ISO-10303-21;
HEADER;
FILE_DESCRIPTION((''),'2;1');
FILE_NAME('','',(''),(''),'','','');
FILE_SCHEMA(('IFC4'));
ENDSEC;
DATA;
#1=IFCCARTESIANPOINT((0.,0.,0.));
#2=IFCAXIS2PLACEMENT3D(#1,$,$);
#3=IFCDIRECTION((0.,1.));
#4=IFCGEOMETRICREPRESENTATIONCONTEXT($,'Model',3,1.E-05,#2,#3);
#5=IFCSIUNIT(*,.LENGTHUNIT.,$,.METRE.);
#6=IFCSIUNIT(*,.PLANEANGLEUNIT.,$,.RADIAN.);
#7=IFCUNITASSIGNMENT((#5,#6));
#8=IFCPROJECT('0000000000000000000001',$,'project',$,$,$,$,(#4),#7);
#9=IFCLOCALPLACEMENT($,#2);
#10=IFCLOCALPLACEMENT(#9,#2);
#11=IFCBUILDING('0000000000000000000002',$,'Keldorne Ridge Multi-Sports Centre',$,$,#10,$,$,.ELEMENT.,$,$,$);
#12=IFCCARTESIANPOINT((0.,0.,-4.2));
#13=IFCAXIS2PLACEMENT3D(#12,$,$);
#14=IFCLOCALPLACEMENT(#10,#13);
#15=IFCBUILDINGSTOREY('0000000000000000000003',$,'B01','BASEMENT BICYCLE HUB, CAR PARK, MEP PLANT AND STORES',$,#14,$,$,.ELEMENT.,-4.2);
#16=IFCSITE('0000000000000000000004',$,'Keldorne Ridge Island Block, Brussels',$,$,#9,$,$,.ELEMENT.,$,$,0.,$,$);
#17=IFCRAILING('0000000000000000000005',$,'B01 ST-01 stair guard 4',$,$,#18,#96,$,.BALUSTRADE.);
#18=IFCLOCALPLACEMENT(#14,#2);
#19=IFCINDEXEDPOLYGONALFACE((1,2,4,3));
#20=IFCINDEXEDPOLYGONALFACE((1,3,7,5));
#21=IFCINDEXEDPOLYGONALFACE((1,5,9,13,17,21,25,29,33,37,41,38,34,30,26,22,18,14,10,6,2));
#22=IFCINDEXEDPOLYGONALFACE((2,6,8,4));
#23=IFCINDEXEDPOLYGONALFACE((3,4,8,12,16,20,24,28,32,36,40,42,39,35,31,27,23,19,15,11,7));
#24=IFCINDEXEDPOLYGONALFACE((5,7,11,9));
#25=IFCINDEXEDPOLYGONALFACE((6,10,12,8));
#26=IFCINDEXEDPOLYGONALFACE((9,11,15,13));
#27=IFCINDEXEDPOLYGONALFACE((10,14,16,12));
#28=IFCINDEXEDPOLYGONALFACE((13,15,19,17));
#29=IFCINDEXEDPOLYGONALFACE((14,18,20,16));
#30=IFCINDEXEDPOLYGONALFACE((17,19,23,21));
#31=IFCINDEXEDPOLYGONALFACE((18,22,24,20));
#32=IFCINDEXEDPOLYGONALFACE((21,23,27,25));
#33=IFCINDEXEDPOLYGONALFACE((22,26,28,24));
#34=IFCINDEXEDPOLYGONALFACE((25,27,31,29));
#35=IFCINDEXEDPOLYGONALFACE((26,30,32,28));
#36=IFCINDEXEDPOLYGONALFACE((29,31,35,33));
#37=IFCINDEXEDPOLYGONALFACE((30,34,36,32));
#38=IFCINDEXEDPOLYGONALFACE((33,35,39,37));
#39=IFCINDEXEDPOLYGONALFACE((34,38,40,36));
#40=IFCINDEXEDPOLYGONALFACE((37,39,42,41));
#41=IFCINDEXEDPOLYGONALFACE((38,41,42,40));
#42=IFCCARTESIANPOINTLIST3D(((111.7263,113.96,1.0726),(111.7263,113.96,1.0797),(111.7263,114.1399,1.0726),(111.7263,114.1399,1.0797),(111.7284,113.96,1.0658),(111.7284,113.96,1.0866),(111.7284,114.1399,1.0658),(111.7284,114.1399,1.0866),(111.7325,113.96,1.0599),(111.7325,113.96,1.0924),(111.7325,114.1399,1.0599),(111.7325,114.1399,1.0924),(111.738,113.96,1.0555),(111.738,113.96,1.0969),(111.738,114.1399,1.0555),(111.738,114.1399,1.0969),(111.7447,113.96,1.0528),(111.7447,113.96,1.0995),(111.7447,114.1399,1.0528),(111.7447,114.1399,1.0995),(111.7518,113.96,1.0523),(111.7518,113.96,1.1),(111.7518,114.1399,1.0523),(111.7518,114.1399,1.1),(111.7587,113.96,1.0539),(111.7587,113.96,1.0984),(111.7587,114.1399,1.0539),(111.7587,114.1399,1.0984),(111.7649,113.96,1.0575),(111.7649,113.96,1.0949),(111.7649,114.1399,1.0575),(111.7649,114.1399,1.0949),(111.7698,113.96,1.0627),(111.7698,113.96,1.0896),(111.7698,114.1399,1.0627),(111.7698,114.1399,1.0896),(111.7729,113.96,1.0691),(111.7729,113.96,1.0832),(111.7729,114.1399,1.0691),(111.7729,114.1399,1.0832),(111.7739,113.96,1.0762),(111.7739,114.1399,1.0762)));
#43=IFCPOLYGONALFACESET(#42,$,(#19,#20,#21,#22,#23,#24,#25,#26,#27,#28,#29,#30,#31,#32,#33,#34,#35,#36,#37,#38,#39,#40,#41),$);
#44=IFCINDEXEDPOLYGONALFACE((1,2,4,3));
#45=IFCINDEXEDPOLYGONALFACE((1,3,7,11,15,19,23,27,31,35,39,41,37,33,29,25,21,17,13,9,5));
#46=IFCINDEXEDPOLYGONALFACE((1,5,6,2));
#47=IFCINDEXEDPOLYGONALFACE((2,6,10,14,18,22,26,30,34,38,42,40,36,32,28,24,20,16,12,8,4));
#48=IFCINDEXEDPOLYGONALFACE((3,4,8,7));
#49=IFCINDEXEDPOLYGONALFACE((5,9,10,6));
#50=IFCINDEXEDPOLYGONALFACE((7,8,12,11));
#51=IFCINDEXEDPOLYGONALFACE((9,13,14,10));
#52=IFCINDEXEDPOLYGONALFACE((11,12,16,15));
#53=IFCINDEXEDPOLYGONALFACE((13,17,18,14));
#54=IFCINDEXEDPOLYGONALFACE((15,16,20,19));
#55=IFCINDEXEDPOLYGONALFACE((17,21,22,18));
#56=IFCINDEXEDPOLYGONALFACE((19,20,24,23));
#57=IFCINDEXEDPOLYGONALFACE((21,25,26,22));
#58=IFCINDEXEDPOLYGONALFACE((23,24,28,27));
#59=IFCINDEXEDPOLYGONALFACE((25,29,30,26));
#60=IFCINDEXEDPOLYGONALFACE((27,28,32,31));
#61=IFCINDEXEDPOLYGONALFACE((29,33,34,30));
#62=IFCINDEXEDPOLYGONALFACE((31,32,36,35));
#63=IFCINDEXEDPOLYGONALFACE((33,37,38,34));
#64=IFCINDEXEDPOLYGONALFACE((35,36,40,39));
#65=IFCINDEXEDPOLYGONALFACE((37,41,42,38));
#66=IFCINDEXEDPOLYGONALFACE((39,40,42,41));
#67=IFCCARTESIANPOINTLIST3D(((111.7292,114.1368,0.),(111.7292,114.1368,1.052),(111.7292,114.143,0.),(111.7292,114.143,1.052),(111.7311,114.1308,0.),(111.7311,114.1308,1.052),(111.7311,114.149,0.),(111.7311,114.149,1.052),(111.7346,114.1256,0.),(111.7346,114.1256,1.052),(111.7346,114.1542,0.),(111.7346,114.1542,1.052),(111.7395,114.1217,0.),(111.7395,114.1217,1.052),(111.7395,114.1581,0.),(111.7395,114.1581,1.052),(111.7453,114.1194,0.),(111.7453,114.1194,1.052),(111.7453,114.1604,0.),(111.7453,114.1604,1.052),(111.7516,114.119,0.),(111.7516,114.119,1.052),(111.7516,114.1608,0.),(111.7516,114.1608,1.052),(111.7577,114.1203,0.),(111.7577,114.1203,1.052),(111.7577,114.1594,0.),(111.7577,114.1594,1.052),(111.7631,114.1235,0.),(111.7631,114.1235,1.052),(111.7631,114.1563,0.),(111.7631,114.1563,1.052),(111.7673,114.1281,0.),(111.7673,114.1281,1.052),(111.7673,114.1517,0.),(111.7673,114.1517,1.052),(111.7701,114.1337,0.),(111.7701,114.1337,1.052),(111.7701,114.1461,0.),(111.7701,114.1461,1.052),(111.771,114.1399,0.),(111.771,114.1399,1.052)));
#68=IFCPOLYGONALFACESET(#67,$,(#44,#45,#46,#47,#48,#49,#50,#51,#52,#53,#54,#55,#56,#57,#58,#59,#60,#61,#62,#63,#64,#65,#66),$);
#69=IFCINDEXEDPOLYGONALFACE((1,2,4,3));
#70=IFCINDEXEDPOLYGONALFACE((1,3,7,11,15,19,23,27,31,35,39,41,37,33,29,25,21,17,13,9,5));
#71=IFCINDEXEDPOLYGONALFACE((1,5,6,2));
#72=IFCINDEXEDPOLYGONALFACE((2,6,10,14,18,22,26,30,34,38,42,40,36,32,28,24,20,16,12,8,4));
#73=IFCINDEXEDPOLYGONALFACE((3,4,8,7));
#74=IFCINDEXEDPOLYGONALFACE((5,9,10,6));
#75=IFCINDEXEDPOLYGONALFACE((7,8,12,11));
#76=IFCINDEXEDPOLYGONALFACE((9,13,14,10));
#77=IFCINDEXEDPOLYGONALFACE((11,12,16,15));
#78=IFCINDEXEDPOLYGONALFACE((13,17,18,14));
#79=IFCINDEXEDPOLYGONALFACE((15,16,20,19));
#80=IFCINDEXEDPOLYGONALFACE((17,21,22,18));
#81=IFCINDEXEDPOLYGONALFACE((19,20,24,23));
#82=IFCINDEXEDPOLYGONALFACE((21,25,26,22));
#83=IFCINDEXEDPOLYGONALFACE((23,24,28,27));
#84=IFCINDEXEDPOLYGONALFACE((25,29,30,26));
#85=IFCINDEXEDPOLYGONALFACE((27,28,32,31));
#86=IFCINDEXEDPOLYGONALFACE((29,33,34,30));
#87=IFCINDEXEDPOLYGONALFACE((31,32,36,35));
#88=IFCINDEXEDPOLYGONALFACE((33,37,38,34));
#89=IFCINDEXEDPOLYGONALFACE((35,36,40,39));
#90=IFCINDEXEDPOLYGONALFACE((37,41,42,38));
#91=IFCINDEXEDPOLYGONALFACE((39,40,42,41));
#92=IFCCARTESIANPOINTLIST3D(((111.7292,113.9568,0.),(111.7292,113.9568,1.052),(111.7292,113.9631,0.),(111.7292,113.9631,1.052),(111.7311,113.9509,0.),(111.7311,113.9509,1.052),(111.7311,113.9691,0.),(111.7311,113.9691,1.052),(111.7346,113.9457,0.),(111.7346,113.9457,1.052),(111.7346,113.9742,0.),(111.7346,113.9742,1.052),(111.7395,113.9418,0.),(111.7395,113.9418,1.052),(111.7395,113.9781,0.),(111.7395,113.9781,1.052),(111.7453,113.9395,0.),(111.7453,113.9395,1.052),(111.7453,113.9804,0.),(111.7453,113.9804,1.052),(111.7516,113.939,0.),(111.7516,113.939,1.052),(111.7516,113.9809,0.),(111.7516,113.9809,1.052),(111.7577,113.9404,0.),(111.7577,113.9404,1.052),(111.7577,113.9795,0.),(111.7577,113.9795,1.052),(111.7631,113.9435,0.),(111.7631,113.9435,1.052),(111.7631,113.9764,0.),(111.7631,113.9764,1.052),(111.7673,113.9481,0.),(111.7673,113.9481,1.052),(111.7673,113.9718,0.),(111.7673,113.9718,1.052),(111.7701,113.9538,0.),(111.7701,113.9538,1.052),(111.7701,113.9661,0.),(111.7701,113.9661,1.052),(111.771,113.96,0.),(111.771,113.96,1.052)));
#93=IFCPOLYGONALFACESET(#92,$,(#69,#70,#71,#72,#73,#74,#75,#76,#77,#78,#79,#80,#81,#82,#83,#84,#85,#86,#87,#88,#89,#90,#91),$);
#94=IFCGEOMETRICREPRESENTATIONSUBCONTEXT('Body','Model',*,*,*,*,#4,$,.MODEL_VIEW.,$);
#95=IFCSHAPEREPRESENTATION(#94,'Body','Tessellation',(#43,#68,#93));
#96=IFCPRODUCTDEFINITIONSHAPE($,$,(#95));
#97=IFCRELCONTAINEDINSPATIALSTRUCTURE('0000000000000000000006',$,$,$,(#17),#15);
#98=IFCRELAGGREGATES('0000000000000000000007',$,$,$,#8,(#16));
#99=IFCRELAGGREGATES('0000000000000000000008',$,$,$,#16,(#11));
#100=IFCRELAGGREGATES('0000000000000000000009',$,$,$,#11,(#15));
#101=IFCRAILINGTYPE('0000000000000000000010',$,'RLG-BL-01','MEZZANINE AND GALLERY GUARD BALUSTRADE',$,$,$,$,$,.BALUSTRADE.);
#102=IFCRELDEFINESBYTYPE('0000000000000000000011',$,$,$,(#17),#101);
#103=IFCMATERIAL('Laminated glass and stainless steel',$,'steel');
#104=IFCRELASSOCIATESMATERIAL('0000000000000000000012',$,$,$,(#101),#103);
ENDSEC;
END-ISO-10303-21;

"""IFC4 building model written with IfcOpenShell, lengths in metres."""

from ifc_helpers import new_model, si_unit, direction, frame, origin, origin_2d, place, context, subcontext, project, spatial, circle, extrude, material, type_object, element, save


model = new_model("IFC4")

# Units and contexts
model_context = context("Model", 3, precision=1e-05, world=origin(), true_north=direction((0.0, 1.0)))
body_context = subcontext(model_context, "Body", "Model", "MODEL_VIEW")
ifc_project = project(units=[si_unit("LENGTHUNIT", "METRE"), si_unit("PLANEANGLEUNIT", "RADIAN")], contexts=[model_context])

# Site, building, storey
site_placement = place(None, origin())
site = spatial("IfcSite", under=ifc_project, at=site_placement, Name="Keldorne Ridge Island Block, Brussels", CompositionType="ELEMENT", RefElevation=0.0)
building_placement = place(site_placement, origin())
building = spatial("IfcBuilding", under=site, at=building_placement, Name="Keldorne Ridge Multi-Sports Centre", CompositionType="ELEMENT")
storey_placement = place(building_placement, frame((0.0, 0.0, -4.2)))
storey = spatial("IfcBuildingStorey", under=building, at=storey_placement, Name="B01", Description="BASEMENT BICYCLE HUB, CAR PARK, MEP PLANT AND STORES", CompositionType="ELEMENT", Elevation=-4.2)

# Railing
ifc_material_1 = material(Name="Laminated glass and stainless steel", Category="steel")
railing_type_1 = type_object("IfcRailingType", Name="RLG-BL-01", Description="MEZZANINE AND GALLERY GUARD BALUSTRADE", PredefinedType="BALUSTRADE", material=ifc_material_1)
railing_1_placement = place(storey_placement, frame((111.75, 114.1399, 0.0)))
element("IfcRailing", 1, at=railing_1_placement, inside=storey, type_object=railing_type_1, Name="B01 ST-01 stair guard 4", PredefinedType="BALUSTRADE", context=body_context, shape_type="SweptSolid", body=[
    extrude(circle(Radius=0.0239, at=origin_2d()), frame((0.0, 0.0, 1.0762), z_axis=(0.0, -1.0, 0.0), x_axis=(1.0, 0.0, 0.0)), (0.0, 0.0, 1.0), 0.1799),
    extrude(circle(Radius=0.021, at=origin_2d()), origin(), (0.0, 0.0, 1.0), 1.052),
    extrude(circle(Radius=0.021, at=origin_2d()), frame((0.0, -0.1799, 0.0)), (0.0, 0.0, 1.0), 1.052),
])

save(model, "model.ifc")
